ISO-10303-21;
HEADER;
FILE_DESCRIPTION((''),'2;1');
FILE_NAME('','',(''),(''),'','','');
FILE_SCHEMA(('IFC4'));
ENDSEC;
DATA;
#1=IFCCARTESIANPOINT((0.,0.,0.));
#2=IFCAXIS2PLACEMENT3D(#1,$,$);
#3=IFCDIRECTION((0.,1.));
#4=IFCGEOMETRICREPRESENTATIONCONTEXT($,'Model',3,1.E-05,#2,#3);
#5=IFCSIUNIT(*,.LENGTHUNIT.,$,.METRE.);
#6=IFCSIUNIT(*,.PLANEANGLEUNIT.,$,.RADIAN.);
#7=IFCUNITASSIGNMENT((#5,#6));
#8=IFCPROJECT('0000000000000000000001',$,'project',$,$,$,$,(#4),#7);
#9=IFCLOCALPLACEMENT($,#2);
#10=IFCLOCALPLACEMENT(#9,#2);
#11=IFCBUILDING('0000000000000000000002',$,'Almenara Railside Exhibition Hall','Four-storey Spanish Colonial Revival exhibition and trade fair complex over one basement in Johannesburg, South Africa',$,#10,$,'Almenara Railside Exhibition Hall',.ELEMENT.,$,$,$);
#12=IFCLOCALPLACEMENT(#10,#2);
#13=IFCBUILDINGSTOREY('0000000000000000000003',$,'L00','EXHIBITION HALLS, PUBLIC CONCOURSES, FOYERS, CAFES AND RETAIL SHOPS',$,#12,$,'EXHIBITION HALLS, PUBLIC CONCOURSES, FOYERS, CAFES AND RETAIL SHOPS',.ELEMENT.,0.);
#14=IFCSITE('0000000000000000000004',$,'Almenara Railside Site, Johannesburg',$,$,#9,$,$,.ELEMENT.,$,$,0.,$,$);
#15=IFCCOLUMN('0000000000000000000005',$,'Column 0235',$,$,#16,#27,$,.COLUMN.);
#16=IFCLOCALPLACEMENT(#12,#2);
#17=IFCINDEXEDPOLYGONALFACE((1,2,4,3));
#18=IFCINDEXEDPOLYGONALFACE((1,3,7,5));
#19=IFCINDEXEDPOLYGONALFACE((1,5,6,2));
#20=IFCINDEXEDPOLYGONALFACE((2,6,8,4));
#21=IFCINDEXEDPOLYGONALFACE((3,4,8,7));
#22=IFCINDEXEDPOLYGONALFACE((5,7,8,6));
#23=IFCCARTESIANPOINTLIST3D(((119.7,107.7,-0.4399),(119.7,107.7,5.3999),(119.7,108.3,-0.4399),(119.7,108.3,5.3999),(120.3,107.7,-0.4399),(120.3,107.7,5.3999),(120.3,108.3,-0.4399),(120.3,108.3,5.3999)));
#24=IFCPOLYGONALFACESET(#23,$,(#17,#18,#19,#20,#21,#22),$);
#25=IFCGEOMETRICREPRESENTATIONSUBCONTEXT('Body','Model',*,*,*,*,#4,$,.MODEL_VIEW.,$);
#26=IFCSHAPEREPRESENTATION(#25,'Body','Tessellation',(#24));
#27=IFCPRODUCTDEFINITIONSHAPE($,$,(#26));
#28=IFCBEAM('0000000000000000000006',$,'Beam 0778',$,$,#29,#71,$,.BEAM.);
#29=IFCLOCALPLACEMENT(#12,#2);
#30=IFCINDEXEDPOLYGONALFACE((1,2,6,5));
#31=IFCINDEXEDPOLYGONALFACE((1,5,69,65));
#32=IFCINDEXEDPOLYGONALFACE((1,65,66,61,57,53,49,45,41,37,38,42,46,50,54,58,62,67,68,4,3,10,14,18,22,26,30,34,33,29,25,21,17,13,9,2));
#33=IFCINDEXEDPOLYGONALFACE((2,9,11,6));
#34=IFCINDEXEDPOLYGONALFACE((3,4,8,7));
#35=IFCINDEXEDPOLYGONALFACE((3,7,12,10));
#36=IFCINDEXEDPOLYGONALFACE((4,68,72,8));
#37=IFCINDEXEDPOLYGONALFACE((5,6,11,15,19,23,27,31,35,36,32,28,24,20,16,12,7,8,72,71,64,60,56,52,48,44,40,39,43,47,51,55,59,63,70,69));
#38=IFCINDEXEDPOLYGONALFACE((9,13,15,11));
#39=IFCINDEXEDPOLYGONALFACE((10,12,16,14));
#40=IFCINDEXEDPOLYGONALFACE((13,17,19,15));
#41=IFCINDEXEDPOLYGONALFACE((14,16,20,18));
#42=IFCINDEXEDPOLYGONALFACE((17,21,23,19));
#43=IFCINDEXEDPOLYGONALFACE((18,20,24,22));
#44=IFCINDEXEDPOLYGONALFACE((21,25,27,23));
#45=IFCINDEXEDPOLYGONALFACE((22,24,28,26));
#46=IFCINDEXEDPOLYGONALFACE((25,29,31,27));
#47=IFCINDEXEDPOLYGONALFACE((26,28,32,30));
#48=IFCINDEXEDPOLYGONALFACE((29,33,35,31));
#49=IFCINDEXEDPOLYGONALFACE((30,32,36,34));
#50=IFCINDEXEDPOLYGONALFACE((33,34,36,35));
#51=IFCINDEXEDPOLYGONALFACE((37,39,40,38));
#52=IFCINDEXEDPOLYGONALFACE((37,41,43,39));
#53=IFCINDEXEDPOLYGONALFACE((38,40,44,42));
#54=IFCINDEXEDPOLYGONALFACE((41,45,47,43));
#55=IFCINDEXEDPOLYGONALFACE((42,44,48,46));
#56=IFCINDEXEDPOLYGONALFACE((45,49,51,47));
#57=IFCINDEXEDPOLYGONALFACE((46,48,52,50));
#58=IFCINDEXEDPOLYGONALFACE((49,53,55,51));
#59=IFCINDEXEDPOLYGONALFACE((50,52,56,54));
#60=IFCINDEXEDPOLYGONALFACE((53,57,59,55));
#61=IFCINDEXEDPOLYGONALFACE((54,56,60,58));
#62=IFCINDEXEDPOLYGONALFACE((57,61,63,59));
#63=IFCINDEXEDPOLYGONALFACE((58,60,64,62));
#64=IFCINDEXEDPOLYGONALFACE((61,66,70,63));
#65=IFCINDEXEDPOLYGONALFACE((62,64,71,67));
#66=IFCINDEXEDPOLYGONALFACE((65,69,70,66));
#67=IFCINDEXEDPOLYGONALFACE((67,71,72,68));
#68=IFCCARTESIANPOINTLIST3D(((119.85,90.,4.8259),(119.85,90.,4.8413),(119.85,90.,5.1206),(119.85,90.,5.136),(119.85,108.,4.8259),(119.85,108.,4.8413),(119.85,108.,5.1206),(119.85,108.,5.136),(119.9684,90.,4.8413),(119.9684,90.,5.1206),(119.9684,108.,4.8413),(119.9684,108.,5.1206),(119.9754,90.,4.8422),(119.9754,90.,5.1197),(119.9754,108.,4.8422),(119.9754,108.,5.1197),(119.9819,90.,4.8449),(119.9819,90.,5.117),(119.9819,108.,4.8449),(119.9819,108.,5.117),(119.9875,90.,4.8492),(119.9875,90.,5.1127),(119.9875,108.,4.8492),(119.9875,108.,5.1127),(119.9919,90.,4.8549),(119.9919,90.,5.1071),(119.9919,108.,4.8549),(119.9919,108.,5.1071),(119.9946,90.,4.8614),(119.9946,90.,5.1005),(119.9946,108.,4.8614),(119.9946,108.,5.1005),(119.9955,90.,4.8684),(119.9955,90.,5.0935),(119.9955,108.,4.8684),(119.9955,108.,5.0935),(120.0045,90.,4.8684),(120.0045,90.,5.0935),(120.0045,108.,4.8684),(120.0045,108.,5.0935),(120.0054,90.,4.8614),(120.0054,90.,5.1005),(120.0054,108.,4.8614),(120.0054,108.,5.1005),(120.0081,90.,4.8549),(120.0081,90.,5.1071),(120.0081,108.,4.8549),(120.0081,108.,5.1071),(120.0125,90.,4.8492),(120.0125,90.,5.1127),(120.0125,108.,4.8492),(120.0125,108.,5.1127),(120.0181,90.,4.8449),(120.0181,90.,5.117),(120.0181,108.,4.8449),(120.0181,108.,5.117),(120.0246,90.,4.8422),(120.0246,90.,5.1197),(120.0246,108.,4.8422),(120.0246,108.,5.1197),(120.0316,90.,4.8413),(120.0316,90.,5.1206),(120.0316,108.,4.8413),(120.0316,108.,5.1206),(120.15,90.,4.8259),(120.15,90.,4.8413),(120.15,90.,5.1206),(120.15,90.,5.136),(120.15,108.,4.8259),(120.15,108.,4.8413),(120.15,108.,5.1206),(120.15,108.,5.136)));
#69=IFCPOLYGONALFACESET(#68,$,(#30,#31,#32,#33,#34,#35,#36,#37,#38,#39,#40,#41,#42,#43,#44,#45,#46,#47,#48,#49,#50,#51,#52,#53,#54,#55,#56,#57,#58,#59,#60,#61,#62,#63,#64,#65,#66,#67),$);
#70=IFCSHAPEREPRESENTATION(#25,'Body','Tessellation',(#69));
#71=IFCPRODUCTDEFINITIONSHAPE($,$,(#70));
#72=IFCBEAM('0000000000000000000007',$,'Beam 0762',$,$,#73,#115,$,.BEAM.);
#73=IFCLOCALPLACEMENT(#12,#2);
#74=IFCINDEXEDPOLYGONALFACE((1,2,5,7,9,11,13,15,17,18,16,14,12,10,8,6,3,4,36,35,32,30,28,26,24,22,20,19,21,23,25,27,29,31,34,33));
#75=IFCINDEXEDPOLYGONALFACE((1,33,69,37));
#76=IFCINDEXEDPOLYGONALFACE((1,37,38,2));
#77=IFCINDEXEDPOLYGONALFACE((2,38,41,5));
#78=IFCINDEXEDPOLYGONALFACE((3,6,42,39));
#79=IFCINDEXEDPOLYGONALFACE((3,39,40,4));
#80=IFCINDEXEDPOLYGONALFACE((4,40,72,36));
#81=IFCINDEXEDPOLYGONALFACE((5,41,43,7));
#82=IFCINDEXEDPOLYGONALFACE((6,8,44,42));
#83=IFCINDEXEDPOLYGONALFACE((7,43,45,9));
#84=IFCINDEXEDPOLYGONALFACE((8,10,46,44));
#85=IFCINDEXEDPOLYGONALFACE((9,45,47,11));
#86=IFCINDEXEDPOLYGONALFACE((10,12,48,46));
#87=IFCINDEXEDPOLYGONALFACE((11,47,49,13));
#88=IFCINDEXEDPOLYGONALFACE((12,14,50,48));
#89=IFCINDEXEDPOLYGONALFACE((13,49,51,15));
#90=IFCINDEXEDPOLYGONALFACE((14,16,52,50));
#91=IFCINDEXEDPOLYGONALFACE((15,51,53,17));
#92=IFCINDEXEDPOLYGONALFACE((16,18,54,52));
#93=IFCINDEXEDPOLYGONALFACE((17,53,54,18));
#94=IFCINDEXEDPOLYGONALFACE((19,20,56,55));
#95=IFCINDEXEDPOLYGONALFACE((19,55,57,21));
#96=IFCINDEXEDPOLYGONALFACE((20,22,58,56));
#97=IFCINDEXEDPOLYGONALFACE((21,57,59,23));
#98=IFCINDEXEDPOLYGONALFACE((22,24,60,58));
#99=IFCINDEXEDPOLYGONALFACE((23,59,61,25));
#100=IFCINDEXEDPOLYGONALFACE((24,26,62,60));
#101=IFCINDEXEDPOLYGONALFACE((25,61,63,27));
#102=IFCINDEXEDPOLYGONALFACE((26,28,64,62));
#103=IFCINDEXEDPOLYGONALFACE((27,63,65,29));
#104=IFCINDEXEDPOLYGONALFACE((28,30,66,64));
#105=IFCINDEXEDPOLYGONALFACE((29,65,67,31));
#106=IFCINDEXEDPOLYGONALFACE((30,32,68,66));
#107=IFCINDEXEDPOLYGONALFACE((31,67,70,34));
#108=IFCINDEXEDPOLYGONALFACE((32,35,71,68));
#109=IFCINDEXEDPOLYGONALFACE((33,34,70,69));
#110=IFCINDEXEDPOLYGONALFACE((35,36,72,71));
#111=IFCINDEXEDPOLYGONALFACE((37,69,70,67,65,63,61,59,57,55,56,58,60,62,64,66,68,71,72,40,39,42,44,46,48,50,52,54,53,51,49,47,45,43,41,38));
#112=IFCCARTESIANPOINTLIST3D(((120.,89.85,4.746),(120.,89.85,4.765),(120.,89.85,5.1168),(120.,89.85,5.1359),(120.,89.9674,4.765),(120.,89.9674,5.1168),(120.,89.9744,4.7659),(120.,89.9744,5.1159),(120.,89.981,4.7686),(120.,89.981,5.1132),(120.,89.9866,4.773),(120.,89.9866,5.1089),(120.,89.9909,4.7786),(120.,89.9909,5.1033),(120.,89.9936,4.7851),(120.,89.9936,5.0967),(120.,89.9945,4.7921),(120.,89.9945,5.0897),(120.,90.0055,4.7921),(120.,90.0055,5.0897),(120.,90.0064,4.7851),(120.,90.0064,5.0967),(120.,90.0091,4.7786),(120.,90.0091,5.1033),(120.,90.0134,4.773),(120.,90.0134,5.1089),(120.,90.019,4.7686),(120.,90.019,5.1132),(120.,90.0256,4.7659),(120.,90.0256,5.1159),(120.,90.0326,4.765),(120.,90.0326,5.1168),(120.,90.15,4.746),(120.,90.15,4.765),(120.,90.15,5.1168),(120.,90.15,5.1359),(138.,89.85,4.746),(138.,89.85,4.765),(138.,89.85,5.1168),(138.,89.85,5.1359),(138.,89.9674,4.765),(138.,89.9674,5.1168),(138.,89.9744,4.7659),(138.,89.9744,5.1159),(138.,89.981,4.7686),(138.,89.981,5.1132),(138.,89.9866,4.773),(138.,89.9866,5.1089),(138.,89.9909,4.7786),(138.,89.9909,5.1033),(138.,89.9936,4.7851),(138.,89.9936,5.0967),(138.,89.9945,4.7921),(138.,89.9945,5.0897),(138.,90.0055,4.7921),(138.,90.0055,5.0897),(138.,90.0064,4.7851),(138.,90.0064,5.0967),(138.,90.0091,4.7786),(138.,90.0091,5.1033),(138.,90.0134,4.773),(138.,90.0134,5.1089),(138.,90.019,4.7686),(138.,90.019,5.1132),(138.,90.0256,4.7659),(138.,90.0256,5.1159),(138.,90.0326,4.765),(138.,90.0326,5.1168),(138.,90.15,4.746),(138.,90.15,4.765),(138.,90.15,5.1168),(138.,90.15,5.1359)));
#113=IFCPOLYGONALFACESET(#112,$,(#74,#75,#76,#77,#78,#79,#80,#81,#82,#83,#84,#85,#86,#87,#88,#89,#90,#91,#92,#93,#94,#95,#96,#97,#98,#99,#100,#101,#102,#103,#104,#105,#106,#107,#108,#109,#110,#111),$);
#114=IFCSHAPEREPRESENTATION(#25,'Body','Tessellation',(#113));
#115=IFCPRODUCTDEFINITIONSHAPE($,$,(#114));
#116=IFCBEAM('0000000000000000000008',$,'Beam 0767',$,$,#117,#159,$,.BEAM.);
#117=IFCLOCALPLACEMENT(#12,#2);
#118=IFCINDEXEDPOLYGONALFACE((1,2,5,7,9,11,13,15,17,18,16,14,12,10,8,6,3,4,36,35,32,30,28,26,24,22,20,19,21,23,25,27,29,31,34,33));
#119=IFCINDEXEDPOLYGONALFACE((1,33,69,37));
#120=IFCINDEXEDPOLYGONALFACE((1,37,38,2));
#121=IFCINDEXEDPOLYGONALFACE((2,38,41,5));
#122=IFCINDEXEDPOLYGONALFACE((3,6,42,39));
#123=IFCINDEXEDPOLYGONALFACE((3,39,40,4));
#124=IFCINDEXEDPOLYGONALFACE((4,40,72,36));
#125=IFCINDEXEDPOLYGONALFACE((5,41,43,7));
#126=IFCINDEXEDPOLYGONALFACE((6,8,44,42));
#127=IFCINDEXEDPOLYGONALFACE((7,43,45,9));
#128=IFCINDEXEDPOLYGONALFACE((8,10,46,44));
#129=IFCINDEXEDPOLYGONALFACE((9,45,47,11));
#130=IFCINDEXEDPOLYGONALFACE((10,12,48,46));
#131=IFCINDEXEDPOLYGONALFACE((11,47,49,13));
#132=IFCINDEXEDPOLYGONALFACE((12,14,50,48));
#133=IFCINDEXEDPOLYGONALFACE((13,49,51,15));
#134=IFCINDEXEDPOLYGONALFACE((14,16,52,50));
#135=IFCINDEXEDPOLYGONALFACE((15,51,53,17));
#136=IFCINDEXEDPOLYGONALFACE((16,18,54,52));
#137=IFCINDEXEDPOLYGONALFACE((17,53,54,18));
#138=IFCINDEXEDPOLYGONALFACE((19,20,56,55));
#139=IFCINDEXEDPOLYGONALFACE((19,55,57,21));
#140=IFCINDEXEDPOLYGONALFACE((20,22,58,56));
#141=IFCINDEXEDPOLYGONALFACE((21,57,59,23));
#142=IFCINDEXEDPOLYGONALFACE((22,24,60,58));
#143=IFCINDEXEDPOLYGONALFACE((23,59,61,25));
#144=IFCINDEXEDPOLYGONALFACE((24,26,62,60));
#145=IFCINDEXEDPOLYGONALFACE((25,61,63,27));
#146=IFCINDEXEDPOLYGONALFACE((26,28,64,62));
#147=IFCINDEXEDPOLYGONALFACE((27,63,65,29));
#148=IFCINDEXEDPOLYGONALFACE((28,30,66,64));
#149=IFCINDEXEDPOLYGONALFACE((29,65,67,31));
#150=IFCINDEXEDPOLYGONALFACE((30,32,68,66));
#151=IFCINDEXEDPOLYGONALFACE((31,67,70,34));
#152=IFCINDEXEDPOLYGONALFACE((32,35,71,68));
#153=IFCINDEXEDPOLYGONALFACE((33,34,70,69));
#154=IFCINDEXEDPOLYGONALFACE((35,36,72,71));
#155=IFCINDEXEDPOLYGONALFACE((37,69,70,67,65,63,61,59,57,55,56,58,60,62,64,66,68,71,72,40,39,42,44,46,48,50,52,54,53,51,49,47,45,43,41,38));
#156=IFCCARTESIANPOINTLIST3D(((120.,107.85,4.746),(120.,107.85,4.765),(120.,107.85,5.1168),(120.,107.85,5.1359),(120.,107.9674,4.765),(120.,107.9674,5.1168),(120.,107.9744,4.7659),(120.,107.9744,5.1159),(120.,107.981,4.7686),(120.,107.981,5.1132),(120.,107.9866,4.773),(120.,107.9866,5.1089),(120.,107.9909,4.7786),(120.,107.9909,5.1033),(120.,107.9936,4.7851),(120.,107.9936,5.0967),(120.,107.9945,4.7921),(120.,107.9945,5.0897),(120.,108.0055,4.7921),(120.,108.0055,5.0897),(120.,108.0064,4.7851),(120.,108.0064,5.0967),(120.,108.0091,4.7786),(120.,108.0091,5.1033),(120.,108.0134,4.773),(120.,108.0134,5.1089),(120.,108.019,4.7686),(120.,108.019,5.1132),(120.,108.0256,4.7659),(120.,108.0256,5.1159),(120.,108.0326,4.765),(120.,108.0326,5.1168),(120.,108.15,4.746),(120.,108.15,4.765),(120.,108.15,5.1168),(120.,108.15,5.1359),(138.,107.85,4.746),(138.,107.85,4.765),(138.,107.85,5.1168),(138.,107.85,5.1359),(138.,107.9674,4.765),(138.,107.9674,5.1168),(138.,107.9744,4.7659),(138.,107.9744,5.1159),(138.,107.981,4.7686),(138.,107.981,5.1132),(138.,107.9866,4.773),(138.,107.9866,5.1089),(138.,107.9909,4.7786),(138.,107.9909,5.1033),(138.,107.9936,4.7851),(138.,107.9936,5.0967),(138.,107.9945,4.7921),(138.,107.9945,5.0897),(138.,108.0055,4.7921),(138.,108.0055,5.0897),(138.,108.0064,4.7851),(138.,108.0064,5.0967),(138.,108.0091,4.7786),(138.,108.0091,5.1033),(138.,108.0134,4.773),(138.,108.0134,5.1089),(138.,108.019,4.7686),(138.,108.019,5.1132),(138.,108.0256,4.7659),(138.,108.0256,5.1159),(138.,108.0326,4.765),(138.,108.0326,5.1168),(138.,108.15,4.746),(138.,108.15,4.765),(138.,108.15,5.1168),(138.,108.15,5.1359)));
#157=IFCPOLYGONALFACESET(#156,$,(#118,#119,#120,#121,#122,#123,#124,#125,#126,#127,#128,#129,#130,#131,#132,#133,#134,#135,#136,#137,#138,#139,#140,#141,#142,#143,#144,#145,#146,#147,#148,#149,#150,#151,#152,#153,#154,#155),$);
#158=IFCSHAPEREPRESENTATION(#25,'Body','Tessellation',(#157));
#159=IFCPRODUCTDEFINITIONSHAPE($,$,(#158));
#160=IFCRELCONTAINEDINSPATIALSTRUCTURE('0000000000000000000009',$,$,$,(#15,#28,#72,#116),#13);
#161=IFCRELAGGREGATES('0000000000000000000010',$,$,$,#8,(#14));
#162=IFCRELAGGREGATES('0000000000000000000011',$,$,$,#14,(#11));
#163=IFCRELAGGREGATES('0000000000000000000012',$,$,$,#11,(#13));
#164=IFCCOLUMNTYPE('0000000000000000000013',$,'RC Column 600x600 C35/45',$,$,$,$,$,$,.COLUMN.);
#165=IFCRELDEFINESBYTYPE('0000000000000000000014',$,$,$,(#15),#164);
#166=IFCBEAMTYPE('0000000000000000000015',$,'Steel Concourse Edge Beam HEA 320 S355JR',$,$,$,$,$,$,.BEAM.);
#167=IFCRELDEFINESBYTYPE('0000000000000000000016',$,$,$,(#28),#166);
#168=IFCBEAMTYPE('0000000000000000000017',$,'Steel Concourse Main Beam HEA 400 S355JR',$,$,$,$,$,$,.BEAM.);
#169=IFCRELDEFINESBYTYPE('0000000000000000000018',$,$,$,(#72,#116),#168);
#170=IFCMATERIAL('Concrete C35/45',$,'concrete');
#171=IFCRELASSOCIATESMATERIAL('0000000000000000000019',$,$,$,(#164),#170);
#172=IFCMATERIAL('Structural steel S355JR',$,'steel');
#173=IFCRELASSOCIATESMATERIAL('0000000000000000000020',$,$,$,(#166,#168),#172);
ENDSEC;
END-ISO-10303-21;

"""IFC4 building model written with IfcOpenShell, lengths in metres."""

from ifc_helpers import new_model, si_unit, direction, frame, origin, origin_2d, place, context, subcontext, project, spatial, rectangle, i_section, extrude, material, material_profile, profile_set, type_object, element, save


model = new_model("IFC4")

# Units and contexts
model_context = context("Model", 3, precision=1e-05, world=origin(), true_north=direction((0.0, 1.0)))
body_context = subcontext(model_context, "Body", "Model", "MODEL_VIEW")
ifc_project = project(units=[si_unit("LENGTHUNIT", "METRE"), si_unit("PLANEANGLEUNIT", "RADIAN")], contexts=[model_context])

# Site, building, storey
site_placement = place(None, origin())
site = spatial("IfcSite", under=ifc_project, at=site_placement, Name="Almenara Railside Site, Johannesburg", CompositionType="ELEMENT", RefElevation=0.0)
building_placement = place(site_placement, origin())
building = spatial("IfcBuilding", under=site, at=building_placement, Name="Almenara Railside Exhibition Hall", Description="Four-storey Spanish Colonial Revival exhibition and trade fair complex over one basement in Johannesburg, South Africa", LongName="Almenara Railside Exhibition Hall", CompositionType="ELEMENT")
storey_placement = place(building_placement, origin())
storey = spatial("IfcBuildingStorey", under=building, at=storey_placement, Name="L00", Description="EXHIBITION HALLS, PUBLIC CONCOURSES, FOYERS, CAFES AND RETAIL SHOPS", LongName="EXHIBITION HALLS, PUBLIC CONCOURSES, FOYERS, CAFES AND RETAIL SHOPS", CompositionType="ELEMENT", Elevation=0.0)

# Column
ifc_material_1 = material(Name="Concrete C35/45", Category="concrete")
ifc_material_profile_1 = material_profile(ifc_material_1, rectangle(XDim=0.6001, YDim=0.6001, at=origin_2d()), Name="RC 600x600")
ifc_profile_set_1 = profile_set([ifc_material_profile_1], Name="Concrete C35/45")
column_type_1 = type_object("IfcColumnType", Name="RC Column 600x600 C35/45", PredefinedType="COLUMN", material=ifc_profile_set_1)
column_1_placement = place(storey_placement, frame((120.0, 108.0, -0.4399), z_axis=(0.0, 0.0, 1.0), x_axis=(1.0, 0.0, 0.0)))
element("IfcColumn", 1, at=column_1_placement, inside=storey, type_object=column_type_1, Name="Column 0235", PredefinedType="COLUMN", context=body_context, shape_type="SweptSolid", body=[
    extrude(rectangle(XDim=0.6001, YDim=0.6001, at=origin_2d()), origin(), (0.0, 0.0, 1.0), 5.8398),
])

# Beams
ifc_material_2 = material(Name="Structural steel S355JR", Category="steel")
ifc_material_profile_2 = material_profile(ifc_material_2, i_section(OverallWidth=0.3, OverallDepth=0.3101, WebThickness=0.009, FlangeThickness=0.0154, FilletRadius=0.0271, at=origin_2d()), Name="HEA 320")
ifc_profile_set_2 = profile_set([ifc_material_profile_2], Name="Structural steel S355JR")
beam_type_1 = type_object("IfcBeamType", Name="Steel Concourse Edge Beam HEA 320 S355JR", PredefinedType="BEAM", material=ifc_profile_set_2)
beam_placement = place(storey_placement, frame((120.0, 90.0, 4.981), z_axis=(0.0, 1.0, 0.0), x_axis=(-1.0, 0.0, 0.0)))
element("IfcBeam", 2, at=beam_placement, inside=storey, type_object=beam_type_1, Name="Beam 0778", PredefinedType="BEAM", context=body_context, shape_type="SweptSolid", body=[
    extrude(i_section(OverallWidth=0.3, OverallDepth=0.3101, WebThickness=0.009, FlangeThickness=0.0154, FilletRadius=0.0271, at=origin_2d()), origin(), (0.0, 0.0, 1.0), 18.0),
])
ifc_material_profile_3 = material_profile(ifc_material_2, i_section(OverallWidth=0.3, OverallDepth=0.3899, WebThickness=0.011, FlangeThickness=0.019, FilletRadius=0.0271, at=origin_2d()), Name="HEA 400")
ifc_profile_set_3 = profile_set([ifc_material_profile_3], Name="Structural steel S355JR")
beam_type_2 = type_object("IfcBeamType", Name="Steel Concourse Main Beam HEA 400 S355JR", PredefinedType="BEAM", material=ifc_profile_set_3)
for number, where, z_axis, x_axis, name in (
    (3, (120.0, 90.0, 4.9409), (1.0, 0.0, 0.0), (0.0, 1.0, 0.0), "Beam 0762"),
    (4, (120.0, 108.0, 4.9409), (1.0, 0.0, 0.0), (0.0, 1.0, 0.0), "Beam 0767"),
):
    element("IfcBeam", number, at=place(storey_placement, frame(where, z_axis=z_axis, x_axis=x_axis)), inside=storey, type_object=beam_type_2, Name=name, PredefinedType="BEAM", context=body_context, shape_type="SweptSolid", body=[
        extrude(i_section(OverallWidth=0.3, OverallDepth=0.3899, WebThickness=0.011, FlangeThickness=0.019, FilletRadius=0.0271, at=origin_2d()), origin(), (0.0, 0.0, 1.0), 18.0),
    ])

save(model, "model.ifc")
